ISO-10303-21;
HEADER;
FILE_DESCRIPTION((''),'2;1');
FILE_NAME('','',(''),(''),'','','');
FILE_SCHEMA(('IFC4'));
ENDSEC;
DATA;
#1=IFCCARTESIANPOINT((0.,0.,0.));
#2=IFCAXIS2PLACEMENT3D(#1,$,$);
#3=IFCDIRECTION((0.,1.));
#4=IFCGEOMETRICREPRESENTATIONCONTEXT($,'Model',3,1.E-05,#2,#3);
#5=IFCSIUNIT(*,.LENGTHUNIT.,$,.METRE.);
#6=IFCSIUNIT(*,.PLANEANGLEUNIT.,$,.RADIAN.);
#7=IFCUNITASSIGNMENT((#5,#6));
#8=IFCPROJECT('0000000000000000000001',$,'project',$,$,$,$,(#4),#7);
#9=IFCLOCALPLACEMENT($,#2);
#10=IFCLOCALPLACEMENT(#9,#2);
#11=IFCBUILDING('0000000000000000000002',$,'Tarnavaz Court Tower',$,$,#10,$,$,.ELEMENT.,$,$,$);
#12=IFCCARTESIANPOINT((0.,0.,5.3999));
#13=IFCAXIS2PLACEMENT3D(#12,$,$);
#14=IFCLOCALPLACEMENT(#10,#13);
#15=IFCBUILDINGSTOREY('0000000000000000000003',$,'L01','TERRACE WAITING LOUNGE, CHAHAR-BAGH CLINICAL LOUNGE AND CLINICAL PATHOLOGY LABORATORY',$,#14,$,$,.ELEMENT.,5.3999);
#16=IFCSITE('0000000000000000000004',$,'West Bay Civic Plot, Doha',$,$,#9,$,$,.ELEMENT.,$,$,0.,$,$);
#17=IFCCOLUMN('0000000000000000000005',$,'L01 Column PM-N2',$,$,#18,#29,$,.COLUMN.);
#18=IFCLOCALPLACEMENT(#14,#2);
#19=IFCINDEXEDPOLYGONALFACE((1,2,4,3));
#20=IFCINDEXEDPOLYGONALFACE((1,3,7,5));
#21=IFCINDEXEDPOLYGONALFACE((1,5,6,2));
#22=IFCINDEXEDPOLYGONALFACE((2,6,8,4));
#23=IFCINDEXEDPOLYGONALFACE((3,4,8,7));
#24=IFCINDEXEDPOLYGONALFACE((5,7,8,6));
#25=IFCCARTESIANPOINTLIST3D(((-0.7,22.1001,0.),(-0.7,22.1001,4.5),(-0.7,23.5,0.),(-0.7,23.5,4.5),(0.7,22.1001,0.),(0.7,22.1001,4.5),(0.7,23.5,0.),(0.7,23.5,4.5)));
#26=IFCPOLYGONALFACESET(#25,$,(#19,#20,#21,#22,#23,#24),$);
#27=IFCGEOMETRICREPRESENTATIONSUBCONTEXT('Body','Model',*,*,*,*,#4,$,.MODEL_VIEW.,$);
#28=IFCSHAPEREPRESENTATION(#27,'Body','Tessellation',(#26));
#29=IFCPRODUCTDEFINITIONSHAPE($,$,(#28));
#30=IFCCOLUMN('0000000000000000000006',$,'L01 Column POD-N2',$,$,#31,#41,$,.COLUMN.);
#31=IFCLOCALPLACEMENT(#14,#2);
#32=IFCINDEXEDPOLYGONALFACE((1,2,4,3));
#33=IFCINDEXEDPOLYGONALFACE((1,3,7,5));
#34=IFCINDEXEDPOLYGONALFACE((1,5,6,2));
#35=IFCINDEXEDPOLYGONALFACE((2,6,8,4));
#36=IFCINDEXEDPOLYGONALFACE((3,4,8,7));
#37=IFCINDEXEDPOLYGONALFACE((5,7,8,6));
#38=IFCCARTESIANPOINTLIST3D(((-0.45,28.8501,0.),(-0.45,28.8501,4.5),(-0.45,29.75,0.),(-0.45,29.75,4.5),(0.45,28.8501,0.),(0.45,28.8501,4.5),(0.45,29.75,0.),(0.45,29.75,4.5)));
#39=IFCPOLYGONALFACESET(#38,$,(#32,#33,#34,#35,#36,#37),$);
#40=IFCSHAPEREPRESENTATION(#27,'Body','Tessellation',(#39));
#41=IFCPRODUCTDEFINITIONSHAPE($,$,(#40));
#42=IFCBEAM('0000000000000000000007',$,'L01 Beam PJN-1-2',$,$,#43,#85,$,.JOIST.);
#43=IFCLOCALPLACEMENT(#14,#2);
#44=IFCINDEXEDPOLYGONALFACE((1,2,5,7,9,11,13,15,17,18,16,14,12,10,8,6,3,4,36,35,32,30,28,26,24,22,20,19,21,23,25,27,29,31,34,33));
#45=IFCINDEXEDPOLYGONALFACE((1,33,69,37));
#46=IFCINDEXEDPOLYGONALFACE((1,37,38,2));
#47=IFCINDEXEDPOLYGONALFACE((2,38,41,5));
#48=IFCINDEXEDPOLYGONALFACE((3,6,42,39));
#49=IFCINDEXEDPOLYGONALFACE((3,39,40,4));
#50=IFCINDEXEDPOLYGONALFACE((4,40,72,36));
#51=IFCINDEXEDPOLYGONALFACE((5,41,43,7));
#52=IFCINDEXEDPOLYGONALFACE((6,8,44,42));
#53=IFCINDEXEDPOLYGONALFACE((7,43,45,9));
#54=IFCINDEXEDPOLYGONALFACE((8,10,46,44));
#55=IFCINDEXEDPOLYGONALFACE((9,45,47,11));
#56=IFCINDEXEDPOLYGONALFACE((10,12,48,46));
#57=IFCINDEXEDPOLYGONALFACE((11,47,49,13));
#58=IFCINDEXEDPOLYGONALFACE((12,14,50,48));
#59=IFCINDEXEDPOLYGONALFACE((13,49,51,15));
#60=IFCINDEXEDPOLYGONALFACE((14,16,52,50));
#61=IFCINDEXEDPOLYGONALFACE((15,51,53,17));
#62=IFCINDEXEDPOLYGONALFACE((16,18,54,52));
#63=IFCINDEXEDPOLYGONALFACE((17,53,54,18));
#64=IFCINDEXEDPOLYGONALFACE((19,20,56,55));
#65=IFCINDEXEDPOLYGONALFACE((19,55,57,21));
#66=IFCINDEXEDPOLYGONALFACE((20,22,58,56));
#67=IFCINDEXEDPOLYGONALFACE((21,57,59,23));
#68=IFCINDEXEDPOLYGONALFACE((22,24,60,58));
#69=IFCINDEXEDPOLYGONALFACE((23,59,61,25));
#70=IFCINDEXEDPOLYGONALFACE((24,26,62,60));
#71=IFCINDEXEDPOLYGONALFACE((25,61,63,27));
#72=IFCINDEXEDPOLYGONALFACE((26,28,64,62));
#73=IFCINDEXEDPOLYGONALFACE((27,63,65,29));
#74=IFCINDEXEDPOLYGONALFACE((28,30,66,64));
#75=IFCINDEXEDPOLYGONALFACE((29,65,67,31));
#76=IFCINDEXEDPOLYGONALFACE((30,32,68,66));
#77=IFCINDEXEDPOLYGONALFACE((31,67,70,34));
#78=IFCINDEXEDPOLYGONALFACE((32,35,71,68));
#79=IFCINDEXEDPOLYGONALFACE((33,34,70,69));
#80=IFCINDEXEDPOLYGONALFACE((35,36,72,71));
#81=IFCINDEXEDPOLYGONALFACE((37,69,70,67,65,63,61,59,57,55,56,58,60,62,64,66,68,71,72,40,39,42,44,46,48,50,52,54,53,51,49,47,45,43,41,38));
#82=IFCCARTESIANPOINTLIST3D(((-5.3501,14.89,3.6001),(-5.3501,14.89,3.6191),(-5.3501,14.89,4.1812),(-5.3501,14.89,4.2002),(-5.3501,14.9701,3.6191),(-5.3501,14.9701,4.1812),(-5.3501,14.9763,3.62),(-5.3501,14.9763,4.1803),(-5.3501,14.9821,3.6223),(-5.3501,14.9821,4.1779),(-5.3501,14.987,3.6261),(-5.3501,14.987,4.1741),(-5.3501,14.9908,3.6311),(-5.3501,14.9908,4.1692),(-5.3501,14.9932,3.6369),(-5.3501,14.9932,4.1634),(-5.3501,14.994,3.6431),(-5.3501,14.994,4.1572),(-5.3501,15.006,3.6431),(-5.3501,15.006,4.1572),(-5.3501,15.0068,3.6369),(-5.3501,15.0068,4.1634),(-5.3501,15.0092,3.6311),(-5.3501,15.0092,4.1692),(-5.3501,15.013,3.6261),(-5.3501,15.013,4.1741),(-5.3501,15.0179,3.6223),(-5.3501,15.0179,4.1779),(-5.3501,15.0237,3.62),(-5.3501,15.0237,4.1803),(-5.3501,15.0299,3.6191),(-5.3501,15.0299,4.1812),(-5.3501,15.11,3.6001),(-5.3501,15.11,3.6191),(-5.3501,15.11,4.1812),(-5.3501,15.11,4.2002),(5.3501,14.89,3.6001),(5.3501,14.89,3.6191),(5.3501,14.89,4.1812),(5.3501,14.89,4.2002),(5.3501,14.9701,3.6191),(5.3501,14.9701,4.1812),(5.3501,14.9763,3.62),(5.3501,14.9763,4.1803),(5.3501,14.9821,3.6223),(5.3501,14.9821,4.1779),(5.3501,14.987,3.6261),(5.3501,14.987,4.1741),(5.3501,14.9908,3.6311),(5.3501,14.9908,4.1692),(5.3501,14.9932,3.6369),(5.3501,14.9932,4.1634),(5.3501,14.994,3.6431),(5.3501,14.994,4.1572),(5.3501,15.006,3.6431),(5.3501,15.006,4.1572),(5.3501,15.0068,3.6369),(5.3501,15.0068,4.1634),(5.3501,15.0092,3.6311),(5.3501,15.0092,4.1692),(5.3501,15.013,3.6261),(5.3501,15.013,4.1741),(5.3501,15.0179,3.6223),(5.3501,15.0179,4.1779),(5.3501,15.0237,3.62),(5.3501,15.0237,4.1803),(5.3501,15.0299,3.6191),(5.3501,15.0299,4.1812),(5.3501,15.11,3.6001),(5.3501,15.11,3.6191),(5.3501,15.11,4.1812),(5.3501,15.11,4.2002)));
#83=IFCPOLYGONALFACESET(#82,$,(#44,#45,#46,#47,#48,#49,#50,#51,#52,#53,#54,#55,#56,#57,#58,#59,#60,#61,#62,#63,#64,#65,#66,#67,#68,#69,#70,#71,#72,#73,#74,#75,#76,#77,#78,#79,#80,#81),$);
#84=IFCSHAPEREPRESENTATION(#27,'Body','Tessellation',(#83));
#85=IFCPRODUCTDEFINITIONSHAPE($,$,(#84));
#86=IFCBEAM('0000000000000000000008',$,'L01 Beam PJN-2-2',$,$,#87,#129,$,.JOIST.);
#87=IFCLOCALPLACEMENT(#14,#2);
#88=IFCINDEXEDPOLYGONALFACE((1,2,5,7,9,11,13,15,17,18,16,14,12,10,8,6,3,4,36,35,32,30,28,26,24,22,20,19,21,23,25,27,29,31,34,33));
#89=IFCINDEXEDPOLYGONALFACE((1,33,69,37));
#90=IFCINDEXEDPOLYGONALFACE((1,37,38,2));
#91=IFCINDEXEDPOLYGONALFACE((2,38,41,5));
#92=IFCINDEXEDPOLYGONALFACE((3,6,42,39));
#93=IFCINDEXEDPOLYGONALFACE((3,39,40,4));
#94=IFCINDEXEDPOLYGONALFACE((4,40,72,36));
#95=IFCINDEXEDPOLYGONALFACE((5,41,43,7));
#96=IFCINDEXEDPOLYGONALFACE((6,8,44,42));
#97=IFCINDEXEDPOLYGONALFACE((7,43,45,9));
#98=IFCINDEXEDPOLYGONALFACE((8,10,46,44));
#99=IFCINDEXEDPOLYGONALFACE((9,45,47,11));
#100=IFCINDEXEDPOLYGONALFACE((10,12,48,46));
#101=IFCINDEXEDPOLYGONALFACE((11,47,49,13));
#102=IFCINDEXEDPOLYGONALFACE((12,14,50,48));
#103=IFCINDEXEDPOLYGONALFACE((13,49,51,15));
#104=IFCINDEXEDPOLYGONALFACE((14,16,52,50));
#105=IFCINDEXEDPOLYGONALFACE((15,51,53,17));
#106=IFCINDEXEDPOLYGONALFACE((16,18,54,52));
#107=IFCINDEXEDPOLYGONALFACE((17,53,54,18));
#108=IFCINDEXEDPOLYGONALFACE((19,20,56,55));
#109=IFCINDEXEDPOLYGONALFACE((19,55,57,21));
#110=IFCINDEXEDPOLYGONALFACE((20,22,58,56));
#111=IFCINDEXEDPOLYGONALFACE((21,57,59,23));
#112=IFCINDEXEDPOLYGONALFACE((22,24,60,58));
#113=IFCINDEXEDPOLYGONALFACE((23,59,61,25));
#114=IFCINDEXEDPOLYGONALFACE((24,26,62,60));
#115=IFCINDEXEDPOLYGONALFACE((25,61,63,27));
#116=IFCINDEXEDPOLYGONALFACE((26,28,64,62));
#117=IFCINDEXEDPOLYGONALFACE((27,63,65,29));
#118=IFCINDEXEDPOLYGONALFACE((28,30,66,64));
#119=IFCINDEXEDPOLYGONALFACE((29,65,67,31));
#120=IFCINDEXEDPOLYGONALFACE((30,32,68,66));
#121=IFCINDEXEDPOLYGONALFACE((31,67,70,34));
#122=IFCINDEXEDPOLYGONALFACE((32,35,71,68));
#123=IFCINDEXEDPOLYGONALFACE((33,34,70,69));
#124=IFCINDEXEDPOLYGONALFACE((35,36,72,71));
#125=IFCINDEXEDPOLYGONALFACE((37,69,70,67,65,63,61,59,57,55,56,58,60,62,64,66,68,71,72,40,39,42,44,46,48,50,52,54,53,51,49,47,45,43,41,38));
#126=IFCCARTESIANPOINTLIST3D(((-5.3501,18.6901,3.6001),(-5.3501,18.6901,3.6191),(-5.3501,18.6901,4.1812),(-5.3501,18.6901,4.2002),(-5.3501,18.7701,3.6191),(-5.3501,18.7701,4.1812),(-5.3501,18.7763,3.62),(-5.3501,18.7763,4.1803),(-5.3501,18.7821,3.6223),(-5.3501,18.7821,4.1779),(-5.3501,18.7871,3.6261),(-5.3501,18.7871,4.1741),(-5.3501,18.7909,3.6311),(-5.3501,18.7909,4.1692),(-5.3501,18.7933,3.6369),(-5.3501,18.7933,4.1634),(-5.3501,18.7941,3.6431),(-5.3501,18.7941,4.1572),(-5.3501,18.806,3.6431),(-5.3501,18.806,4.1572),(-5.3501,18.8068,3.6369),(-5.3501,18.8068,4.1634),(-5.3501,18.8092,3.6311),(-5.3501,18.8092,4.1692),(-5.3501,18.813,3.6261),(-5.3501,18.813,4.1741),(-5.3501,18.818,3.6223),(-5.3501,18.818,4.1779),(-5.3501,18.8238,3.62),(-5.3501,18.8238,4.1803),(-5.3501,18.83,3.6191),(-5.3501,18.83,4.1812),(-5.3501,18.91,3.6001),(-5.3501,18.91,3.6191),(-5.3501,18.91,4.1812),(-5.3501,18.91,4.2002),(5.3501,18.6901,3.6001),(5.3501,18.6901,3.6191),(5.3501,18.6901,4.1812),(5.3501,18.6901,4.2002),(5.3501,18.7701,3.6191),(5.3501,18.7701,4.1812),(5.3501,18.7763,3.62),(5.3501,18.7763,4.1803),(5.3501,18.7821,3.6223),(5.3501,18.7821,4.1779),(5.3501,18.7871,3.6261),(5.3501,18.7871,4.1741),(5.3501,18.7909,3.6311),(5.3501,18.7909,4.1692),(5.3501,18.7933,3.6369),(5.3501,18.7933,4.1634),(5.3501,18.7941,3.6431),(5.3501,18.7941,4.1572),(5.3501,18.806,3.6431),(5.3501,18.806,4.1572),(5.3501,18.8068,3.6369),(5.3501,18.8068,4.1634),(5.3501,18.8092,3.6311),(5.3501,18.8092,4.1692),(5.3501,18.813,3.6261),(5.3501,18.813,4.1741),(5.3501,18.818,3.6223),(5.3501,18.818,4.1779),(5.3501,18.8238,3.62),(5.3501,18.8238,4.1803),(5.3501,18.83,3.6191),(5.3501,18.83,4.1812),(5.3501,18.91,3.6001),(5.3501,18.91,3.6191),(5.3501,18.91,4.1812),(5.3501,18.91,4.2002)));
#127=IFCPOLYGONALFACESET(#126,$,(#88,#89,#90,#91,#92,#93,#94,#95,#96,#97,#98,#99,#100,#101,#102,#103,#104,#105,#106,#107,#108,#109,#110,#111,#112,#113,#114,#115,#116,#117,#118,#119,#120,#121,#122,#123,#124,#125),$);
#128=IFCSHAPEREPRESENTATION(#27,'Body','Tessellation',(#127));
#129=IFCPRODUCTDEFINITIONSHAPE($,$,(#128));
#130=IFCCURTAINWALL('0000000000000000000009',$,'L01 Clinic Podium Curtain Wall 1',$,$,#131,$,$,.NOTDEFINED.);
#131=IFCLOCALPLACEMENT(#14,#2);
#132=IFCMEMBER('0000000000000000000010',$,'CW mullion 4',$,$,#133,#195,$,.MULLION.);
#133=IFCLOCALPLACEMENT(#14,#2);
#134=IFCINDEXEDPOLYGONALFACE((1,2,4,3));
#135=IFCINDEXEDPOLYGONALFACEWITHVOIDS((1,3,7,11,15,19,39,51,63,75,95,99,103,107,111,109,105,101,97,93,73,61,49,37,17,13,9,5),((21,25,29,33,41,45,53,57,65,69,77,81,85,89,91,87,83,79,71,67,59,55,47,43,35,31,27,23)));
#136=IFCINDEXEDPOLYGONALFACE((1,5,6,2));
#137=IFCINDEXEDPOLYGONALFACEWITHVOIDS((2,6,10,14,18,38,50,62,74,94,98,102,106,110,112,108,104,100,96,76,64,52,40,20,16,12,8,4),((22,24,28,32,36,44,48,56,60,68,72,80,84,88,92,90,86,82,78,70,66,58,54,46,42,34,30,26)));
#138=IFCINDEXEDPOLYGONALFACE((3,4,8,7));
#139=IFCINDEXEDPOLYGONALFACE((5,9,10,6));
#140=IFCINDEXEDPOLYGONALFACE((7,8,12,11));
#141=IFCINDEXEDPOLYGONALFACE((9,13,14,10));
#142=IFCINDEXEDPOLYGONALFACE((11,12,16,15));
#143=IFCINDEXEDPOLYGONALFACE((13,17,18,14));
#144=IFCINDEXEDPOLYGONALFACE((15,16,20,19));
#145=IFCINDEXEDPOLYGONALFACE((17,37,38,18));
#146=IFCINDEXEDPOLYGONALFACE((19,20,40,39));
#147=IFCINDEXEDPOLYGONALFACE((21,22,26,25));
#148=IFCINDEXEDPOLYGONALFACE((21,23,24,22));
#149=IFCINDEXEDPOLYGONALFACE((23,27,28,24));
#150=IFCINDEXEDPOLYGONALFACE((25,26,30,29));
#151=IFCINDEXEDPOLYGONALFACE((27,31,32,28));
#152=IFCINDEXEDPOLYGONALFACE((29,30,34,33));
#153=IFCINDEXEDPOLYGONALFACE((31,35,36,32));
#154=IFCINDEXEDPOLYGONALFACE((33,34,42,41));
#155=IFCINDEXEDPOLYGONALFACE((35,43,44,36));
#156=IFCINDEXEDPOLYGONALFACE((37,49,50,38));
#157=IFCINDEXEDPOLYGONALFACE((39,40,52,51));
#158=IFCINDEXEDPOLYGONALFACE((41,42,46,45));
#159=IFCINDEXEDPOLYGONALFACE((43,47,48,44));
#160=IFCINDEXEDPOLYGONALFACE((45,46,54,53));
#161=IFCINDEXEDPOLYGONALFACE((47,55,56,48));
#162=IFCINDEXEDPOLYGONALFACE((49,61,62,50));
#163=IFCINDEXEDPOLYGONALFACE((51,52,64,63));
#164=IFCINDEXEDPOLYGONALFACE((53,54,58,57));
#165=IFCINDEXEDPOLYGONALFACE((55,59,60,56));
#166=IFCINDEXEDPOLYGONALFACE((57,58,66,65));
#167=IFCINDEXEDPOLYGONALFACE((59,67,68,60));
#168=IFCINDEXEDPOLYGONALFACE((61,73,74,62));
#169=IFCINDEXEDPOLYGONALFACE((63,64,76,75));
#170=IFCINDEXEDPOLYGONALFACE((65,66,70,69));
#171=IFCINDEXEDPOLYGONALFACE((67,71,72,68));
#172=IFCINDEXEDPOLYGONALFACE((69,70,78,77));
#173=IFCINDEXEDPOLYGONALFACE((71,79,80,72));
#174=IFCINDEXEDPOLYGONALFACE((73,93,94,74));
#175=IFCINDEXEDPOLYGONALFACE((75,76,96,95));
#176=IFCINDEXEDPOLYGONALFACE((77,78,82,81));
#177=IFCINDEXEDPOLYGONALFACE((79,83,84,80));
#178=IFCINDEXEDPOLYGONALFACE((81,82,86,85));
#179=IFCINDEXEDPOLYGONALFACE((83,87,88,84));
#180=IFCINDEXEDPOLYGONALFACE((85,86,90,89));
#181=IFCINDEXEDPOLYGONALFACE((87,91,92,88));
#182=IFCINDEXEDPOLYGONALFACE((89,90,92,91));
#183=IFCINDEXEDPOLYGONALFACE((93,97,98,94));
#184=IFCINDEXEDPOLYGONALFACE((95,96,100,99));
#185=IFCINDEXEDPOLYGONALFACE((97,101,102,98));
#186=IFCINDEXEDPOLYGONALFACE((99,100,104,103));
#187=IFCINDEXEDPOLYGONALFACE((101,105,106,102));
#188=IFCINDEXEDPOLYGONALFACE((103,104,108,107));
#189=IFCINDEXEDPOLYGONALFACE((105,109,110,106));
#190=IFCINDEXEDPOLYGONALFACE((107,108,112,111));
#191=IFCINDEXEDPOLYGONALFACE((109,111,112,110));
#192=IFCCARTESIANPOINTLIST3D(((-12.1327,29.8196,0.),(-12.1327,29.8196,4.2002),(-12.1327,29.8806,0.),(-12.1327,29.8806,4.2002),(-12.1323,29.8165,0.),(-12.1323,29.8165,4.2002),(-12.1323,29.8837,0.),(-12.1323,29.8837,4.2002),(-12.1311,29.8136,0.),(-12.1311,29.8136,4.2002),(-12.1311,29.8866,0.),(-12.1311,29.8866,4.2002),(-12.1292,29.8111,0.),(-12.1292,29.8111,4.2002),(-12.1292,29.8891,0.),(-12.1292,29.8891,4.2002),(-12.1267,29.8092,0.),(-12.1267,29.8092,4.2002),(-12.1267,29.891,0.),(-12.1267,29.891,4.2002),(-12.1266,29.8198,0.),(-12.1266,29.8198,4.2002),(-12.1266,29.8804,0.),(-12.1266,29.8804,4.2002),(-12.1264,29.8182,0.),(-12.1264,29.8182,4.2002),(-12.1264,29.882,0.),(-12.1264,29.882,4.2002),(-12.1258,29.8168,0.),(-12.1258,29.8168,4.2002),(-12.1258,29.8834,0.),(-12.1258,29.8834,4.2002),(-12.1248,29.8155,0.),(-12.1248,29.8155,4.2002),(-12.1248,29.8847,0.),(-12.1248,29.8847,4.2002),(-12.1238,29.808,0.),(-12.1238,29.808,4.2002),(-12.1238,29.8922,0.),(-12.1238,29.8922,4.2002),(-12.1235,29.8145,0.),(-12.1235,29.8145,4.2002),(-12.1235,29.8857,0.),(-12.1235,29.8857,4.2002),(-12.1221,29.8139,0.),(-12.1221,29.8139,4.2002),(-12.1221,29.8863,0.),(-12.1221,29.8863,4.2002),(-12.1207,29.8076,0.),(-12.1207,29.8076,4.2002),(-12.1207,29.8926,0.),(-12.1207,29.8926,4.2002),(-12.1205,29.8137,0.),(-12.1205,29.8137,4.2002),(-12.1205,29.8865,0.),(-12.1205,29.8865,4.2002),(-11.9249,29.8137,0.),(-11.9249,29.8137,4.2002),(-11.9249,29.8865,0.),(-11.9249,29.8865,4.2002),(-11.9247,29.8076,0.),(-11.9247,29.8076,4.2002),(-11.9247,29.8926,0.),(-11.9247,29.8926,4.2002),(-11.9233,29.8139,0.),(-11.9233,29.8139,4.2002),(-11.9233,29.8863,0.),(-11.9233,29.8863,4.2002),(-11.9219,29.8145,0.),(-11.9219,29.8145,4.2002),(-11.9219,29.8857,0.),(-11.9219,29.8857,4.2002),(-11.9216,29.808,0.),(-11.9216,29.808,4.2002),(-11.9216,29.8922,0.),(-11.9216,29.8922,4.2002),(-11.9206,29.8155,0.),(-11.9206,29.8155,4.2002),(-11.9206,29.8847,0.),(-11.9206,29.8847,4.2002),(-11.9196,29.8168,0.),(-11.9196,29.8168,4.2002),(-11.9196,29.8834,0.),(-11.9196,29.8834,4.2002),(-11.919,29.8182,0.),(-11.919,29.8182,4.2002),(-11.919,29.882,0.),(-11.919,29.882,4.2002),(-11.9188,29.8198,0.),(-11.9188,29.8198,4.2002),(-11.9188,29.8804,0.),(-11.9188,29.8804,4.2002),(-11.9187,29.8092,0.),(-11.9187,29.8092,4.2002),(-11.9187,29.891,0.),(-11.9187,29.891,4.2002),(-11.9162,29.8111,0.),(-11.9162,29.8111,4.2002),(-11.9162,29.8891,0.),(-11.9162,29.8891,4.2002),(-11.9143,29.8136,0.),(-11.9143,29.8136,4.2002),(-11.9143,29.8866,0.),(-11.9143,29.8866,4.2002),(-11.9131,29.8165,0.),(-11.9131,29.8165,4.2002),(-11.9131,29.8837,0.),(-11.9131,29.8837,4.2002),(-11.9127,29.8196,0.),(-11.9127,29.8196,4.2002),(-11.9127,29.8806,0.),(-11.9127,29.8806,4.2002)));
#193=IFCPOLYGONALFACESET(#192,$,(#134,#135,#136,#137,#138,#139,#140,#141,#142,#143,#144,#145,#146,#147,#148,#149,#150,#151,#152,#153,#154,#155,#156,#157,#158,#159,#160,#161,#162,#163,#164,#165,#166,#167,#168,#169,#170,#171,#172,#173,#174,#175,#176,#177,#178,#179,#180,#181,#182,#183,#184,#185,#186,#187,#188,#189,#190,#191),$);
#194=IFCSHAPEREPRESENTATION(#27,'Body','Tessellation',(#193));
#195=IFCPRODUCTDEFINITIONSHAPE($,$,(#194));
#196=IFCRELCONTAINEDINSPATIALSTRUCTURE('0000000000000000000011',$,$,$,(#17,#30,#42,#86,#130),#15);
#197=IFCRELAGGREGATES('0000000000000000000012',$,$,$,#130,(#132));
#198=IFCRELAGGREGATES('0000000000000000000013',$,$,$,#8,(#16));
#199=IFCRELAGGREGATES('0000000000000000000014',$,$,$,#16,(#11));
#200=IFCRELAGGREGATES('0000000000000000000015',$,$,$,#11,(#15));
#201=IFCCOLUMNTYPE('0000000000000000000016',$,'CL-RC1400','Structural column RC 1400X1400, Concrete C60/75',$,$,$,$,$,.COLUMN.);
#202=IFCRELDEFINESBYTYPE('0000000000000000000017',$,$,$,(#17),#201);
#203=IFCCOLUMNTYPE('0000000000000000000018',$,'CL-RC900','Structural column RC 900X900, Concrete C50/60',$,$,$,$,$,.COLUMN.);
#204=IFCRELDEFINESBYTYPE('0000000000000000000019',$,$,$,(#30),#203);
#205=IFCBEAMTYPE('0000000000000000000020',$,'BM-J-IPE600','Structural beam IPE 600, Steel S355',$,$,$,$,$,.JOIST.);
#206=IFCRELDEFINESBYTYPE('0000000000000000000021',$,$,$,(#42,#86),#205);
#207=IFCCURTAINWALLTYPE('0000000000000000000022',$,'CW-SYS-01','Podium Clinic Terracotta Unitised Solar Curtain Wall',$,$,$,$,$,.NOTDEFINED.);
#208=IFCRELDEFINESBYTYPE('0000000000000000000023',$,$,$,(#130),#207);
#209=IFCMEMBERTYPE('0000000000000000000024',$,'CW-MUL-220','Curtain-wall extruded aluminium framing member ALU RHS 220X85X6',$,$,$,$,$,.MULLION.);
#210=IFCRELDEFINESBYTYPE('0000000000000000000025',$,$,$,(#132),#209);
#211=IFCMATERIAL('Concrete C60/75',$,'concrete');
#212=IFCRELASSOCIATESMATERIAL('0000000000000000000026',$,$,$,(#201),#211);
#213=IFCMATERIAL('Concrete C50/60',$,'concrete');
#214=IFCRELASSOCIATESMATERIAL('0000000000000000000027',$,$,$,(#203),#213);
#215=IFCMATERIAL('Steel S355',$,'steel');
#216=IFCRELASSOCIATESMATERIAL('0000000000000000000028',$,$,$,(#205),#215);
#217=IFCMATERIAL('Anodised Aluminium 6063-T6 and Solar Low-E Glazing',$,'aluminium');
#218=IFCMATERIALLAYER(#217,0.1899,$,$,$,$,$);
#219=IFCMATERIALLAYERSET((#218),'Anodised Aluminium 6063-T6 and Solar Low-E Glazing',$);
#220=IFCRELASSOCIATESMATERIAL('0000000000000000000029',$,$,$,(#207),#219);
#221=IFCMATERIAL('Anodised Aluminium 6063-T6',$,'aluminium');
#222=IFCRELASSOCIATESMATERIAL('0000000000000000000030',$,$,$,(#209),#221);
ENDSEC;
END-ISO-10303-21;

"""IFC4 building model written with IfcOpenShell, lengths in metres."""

from ifc_helpers import new_model, si_unit, direction, frame, origin, origin_2d, place, context, subcontext, project, spatial, rectangle, hollow_rectangle, i_section, extrude, material, layer, layer_set, material_profile, profile_set, type_object, element, aggregate, save


model = new_model("IFC4")

# Units and contexts
model_context = context("Model", 3, precision=1e-05, world=origin(), true_north=direction((0.0, 1.0)))
body_context = subcontext(model_context, "Body", "Model", "MODEL_VIEW")
ifc_project = project(units=[si_unit("LENGTHUNIT", "METRE"), si_unit("PLANEANGLEUNIT", "RADIAN")], contexts=[model_context])

# Site, building, storey
site_placement = place(None, origin())
site = spatial("IfcSite", under=ifc_project, at=site_placement, Name="West Bay Civic Plot, Doha", CompositionType="ELEMENT", RefElevation=0.0)
building_placement = place(site_placement, origin())
building = spatial("IfcBuilding", under=site, at=building_placement, Name="Tarnavaz Court Tower", CompositionType="ELEMENT")
storey_placement = place(building_placement, frame((0.0, 0.0, 5.3999)))
storey = spatial("IfcBuildingStorey", under=building, at=storey_placement, Name="L01", Description="TERRACE WAITING LOUNGE, CHAHAR-BAGH CLINICAL LOUNGE AND CLINICAL PATHOLOGY LABORATORY", CompositionType="ELEMENT", Elevation=5.3999)

# Columns
ifc_material_1 = material(Name="Concrete C60/75", Category="concrete")
ifc_material_profile_1 = material_profile(ifc_material_1, rectangle(XDim=1.3999, YDim=1.3999, at=origin_2d()), Name="RC 1400X1400")
ifc_profile_set_1 = profile_set([ifc_material_profile_1], Name="Concrete C60/75")
column_type_1 = type_object("IfcColumnType", Name="CL-RC1400", Description="Structural column RC 1400X1400, Concrete C60/75", PredefinedType="COLUMN", material=ifc_profile_set_1)
column_1_placement = place(storey_placement, frame((0.0, 22.8, 0.0), z_axis=(0.0, 0.0, 1.0), x_axis=(1.0, 0.0, 0.0)))
element("IfcColumn", 1, at=column_1_placement, inside=storey, type_object=column_type_1, Name="L01 Column PM-N2", PredefinedType="COLUMN", context=body_context, shape_type="SweptSolid", body=[
    extrude(rectangle(XDim=1.3999, YDim=1.3999, at=origin_2d()), origin(), (0.0, 0.0, 1.0), 4.5),
])
ifc_material_2 = material(Name="Concrete C50/60", Category="concrete")
ifc_material_profile_2 = material_profile(ifc_material_2, rectangle(XDim=0.8999, YDim=0.8999, at=origin_2d()), Name="RC 900X900")
ifc_profile_set_2 = profile_set([ifc_material_profile_2], Name="Concrete C50/60")
column_type_2 = type_object("IfcColumnType", Name="CL-RC900", Description="Structural column RC 900X900, Concrete C50/60", PredefinedType="COLUMN", material=ifc_profile_set_2)
column_2_placement = place(storey_placement, frame((0.0, 29.3, 0.0), z_axis=(0.0, 0.0, 1.0), x_axis=(1.0, 0.0, 0.0)))
element("IfcColumn", 2, at=column_2_placement, inside=storey, type_object=column_type_2, Name="L01 Column POD-N2", PredefinedType="COLUMN", context=body_context, shape_type="SweptSolid", body=[
    extrude(rectangle(XDim=0.8999, YDim=0.8999, at=origin_2d()), origin(), (0.0, 0.0, 1.0), 4.5),
])

# Beams
ifc_material_3 = material(Name="Steel S355", Category="steel")
ifc_material_profile_3 = material_profile(ifc_material_3, i_section(OverallWidth=0.22, OverallDepth=0.6001, WebThickness=0.012, FlangeThickness=0.019, FilletRadius=0.0239, at=origin_2d()), Name="IPE 600")
ifc_profile_set_3 = profile_set([ifc_material_profile_3], Name="Steel S355")
beam_type = type_object("IfcBeamType", Name="BM-J-IPE600", Description="Structural beam IPE 600, Steel S355", PredefinedType="JOIST", material=ifc_profile_set_3)
for number, where, z_axis, x_axis, name in (
    (3, (-5.3501, 15.0, 3.9001), (1.0, 0.0, 0.0), (0.0, 1.0, 0.0), "L01 Beam PJN-1-2"),
    (4, (-5.3501, 18.8, 3.9001), (1.0, 0.0, 0.0), (0.0, 1.0, 0.0), "L01 Beam PJN-2-2"),
):
    element("IfcBeam", number, at=place(storey_placement, frame(where, z_axis=z_axis, x_axis=x_axis)), inside=storey, type_object=beam_type, Name=name, PredefinedType="JOIST", context=body_context, shape_type="SweptSolid", body=[
        extrude(i_section(OverallWidth=0.22, OverallDepth=0.6001, WebThickness=0.012, FlangeThickness=0.019, FilletRadius=0.0239, at=origin_2d()), origin(), (0.0, 0.0, 1.0), 10.7002),
    ])

# Curtain wall, member
ifc_material_4 = material(Name="Anodised Aluminium 6063-T6 and Solar Low-E Glazing", Category="aluminium")
ifc_layer_1 = layer(ifc_material_4, 0.1899)
ifc_layer_set_1 = layer_set([ifc_layer_1], Name="Anodised Aluminium 6063-T6 and Solar Low-E Glazing")
curtain_wall_type = type_object("IfcCurtainWallType", Name="CW-SYS-01", Description="Podium Clinic Terracotta Unitised Solar Curtain Wall", PredefinedType="NOTDEFINED", material=ifc_layer_set_1)
curtain_wall_placement = place(storey_placement, origin())
curtain_wall = element("IfcCurtainWall", 5, at=curtain_wall_placement, inside=storey, type_object=curtain_wall_type, Name="L01 Clinic Podium Curtain Wall 1", PredefinedType="NOTDEFINED")
ifc_material_5 = material(Name="Anodised Aluminium 6063-T6", Category="aluminium")
ifc_material_profile_4 = material_profile(ifc_material_5, hollow_rectangle(XDim=0.085, YDim=0.22, WallThickness=0.0061, InnerFilletRadius=0.0061, OuterFilletRadius=0.012, at=origin_2d()), Name="ALU RHS 220X85X6")
ifc_profile_set_4 = profile_set([ifc_material_profile_4], Name="Anodised Aluminium 6063-T6")
member_type_1 = type_object("IfcMemberType", Name="CW-MUL-220", Description="Curtain-wall extruded aluminium framing member ALU RHS 220X85X6", PredefinedType="MULLION", material=ifc_profile_set_4)
member_1_placement = place(storey_placement, frame((-12.0227, 29.8501, 0.0), z_axis=(0.0, 0.0, 1.0), x_axis=(0.0, 1.0, 0.0)))
member_1 = element("IfcMember", 6, at=member_1_placement, type_object=member_type_1, Name="CW mullion 4", PredefinedType="MULLION", context=body_context, shape_type="SweptSolid", body=[
    extrude(hollow_rectangle(XDim=0.085, YDim=0.22, WallThickness=0.0061, InnerFilletRadius=0.0061, OuterFilletRadius=0.012, at=origin_2d()), origin(), (0.0, 0.0, 1.0), 4.2002),
])
aggregate(curtain_wall, [member_1])

save(model, "model.ifc")
